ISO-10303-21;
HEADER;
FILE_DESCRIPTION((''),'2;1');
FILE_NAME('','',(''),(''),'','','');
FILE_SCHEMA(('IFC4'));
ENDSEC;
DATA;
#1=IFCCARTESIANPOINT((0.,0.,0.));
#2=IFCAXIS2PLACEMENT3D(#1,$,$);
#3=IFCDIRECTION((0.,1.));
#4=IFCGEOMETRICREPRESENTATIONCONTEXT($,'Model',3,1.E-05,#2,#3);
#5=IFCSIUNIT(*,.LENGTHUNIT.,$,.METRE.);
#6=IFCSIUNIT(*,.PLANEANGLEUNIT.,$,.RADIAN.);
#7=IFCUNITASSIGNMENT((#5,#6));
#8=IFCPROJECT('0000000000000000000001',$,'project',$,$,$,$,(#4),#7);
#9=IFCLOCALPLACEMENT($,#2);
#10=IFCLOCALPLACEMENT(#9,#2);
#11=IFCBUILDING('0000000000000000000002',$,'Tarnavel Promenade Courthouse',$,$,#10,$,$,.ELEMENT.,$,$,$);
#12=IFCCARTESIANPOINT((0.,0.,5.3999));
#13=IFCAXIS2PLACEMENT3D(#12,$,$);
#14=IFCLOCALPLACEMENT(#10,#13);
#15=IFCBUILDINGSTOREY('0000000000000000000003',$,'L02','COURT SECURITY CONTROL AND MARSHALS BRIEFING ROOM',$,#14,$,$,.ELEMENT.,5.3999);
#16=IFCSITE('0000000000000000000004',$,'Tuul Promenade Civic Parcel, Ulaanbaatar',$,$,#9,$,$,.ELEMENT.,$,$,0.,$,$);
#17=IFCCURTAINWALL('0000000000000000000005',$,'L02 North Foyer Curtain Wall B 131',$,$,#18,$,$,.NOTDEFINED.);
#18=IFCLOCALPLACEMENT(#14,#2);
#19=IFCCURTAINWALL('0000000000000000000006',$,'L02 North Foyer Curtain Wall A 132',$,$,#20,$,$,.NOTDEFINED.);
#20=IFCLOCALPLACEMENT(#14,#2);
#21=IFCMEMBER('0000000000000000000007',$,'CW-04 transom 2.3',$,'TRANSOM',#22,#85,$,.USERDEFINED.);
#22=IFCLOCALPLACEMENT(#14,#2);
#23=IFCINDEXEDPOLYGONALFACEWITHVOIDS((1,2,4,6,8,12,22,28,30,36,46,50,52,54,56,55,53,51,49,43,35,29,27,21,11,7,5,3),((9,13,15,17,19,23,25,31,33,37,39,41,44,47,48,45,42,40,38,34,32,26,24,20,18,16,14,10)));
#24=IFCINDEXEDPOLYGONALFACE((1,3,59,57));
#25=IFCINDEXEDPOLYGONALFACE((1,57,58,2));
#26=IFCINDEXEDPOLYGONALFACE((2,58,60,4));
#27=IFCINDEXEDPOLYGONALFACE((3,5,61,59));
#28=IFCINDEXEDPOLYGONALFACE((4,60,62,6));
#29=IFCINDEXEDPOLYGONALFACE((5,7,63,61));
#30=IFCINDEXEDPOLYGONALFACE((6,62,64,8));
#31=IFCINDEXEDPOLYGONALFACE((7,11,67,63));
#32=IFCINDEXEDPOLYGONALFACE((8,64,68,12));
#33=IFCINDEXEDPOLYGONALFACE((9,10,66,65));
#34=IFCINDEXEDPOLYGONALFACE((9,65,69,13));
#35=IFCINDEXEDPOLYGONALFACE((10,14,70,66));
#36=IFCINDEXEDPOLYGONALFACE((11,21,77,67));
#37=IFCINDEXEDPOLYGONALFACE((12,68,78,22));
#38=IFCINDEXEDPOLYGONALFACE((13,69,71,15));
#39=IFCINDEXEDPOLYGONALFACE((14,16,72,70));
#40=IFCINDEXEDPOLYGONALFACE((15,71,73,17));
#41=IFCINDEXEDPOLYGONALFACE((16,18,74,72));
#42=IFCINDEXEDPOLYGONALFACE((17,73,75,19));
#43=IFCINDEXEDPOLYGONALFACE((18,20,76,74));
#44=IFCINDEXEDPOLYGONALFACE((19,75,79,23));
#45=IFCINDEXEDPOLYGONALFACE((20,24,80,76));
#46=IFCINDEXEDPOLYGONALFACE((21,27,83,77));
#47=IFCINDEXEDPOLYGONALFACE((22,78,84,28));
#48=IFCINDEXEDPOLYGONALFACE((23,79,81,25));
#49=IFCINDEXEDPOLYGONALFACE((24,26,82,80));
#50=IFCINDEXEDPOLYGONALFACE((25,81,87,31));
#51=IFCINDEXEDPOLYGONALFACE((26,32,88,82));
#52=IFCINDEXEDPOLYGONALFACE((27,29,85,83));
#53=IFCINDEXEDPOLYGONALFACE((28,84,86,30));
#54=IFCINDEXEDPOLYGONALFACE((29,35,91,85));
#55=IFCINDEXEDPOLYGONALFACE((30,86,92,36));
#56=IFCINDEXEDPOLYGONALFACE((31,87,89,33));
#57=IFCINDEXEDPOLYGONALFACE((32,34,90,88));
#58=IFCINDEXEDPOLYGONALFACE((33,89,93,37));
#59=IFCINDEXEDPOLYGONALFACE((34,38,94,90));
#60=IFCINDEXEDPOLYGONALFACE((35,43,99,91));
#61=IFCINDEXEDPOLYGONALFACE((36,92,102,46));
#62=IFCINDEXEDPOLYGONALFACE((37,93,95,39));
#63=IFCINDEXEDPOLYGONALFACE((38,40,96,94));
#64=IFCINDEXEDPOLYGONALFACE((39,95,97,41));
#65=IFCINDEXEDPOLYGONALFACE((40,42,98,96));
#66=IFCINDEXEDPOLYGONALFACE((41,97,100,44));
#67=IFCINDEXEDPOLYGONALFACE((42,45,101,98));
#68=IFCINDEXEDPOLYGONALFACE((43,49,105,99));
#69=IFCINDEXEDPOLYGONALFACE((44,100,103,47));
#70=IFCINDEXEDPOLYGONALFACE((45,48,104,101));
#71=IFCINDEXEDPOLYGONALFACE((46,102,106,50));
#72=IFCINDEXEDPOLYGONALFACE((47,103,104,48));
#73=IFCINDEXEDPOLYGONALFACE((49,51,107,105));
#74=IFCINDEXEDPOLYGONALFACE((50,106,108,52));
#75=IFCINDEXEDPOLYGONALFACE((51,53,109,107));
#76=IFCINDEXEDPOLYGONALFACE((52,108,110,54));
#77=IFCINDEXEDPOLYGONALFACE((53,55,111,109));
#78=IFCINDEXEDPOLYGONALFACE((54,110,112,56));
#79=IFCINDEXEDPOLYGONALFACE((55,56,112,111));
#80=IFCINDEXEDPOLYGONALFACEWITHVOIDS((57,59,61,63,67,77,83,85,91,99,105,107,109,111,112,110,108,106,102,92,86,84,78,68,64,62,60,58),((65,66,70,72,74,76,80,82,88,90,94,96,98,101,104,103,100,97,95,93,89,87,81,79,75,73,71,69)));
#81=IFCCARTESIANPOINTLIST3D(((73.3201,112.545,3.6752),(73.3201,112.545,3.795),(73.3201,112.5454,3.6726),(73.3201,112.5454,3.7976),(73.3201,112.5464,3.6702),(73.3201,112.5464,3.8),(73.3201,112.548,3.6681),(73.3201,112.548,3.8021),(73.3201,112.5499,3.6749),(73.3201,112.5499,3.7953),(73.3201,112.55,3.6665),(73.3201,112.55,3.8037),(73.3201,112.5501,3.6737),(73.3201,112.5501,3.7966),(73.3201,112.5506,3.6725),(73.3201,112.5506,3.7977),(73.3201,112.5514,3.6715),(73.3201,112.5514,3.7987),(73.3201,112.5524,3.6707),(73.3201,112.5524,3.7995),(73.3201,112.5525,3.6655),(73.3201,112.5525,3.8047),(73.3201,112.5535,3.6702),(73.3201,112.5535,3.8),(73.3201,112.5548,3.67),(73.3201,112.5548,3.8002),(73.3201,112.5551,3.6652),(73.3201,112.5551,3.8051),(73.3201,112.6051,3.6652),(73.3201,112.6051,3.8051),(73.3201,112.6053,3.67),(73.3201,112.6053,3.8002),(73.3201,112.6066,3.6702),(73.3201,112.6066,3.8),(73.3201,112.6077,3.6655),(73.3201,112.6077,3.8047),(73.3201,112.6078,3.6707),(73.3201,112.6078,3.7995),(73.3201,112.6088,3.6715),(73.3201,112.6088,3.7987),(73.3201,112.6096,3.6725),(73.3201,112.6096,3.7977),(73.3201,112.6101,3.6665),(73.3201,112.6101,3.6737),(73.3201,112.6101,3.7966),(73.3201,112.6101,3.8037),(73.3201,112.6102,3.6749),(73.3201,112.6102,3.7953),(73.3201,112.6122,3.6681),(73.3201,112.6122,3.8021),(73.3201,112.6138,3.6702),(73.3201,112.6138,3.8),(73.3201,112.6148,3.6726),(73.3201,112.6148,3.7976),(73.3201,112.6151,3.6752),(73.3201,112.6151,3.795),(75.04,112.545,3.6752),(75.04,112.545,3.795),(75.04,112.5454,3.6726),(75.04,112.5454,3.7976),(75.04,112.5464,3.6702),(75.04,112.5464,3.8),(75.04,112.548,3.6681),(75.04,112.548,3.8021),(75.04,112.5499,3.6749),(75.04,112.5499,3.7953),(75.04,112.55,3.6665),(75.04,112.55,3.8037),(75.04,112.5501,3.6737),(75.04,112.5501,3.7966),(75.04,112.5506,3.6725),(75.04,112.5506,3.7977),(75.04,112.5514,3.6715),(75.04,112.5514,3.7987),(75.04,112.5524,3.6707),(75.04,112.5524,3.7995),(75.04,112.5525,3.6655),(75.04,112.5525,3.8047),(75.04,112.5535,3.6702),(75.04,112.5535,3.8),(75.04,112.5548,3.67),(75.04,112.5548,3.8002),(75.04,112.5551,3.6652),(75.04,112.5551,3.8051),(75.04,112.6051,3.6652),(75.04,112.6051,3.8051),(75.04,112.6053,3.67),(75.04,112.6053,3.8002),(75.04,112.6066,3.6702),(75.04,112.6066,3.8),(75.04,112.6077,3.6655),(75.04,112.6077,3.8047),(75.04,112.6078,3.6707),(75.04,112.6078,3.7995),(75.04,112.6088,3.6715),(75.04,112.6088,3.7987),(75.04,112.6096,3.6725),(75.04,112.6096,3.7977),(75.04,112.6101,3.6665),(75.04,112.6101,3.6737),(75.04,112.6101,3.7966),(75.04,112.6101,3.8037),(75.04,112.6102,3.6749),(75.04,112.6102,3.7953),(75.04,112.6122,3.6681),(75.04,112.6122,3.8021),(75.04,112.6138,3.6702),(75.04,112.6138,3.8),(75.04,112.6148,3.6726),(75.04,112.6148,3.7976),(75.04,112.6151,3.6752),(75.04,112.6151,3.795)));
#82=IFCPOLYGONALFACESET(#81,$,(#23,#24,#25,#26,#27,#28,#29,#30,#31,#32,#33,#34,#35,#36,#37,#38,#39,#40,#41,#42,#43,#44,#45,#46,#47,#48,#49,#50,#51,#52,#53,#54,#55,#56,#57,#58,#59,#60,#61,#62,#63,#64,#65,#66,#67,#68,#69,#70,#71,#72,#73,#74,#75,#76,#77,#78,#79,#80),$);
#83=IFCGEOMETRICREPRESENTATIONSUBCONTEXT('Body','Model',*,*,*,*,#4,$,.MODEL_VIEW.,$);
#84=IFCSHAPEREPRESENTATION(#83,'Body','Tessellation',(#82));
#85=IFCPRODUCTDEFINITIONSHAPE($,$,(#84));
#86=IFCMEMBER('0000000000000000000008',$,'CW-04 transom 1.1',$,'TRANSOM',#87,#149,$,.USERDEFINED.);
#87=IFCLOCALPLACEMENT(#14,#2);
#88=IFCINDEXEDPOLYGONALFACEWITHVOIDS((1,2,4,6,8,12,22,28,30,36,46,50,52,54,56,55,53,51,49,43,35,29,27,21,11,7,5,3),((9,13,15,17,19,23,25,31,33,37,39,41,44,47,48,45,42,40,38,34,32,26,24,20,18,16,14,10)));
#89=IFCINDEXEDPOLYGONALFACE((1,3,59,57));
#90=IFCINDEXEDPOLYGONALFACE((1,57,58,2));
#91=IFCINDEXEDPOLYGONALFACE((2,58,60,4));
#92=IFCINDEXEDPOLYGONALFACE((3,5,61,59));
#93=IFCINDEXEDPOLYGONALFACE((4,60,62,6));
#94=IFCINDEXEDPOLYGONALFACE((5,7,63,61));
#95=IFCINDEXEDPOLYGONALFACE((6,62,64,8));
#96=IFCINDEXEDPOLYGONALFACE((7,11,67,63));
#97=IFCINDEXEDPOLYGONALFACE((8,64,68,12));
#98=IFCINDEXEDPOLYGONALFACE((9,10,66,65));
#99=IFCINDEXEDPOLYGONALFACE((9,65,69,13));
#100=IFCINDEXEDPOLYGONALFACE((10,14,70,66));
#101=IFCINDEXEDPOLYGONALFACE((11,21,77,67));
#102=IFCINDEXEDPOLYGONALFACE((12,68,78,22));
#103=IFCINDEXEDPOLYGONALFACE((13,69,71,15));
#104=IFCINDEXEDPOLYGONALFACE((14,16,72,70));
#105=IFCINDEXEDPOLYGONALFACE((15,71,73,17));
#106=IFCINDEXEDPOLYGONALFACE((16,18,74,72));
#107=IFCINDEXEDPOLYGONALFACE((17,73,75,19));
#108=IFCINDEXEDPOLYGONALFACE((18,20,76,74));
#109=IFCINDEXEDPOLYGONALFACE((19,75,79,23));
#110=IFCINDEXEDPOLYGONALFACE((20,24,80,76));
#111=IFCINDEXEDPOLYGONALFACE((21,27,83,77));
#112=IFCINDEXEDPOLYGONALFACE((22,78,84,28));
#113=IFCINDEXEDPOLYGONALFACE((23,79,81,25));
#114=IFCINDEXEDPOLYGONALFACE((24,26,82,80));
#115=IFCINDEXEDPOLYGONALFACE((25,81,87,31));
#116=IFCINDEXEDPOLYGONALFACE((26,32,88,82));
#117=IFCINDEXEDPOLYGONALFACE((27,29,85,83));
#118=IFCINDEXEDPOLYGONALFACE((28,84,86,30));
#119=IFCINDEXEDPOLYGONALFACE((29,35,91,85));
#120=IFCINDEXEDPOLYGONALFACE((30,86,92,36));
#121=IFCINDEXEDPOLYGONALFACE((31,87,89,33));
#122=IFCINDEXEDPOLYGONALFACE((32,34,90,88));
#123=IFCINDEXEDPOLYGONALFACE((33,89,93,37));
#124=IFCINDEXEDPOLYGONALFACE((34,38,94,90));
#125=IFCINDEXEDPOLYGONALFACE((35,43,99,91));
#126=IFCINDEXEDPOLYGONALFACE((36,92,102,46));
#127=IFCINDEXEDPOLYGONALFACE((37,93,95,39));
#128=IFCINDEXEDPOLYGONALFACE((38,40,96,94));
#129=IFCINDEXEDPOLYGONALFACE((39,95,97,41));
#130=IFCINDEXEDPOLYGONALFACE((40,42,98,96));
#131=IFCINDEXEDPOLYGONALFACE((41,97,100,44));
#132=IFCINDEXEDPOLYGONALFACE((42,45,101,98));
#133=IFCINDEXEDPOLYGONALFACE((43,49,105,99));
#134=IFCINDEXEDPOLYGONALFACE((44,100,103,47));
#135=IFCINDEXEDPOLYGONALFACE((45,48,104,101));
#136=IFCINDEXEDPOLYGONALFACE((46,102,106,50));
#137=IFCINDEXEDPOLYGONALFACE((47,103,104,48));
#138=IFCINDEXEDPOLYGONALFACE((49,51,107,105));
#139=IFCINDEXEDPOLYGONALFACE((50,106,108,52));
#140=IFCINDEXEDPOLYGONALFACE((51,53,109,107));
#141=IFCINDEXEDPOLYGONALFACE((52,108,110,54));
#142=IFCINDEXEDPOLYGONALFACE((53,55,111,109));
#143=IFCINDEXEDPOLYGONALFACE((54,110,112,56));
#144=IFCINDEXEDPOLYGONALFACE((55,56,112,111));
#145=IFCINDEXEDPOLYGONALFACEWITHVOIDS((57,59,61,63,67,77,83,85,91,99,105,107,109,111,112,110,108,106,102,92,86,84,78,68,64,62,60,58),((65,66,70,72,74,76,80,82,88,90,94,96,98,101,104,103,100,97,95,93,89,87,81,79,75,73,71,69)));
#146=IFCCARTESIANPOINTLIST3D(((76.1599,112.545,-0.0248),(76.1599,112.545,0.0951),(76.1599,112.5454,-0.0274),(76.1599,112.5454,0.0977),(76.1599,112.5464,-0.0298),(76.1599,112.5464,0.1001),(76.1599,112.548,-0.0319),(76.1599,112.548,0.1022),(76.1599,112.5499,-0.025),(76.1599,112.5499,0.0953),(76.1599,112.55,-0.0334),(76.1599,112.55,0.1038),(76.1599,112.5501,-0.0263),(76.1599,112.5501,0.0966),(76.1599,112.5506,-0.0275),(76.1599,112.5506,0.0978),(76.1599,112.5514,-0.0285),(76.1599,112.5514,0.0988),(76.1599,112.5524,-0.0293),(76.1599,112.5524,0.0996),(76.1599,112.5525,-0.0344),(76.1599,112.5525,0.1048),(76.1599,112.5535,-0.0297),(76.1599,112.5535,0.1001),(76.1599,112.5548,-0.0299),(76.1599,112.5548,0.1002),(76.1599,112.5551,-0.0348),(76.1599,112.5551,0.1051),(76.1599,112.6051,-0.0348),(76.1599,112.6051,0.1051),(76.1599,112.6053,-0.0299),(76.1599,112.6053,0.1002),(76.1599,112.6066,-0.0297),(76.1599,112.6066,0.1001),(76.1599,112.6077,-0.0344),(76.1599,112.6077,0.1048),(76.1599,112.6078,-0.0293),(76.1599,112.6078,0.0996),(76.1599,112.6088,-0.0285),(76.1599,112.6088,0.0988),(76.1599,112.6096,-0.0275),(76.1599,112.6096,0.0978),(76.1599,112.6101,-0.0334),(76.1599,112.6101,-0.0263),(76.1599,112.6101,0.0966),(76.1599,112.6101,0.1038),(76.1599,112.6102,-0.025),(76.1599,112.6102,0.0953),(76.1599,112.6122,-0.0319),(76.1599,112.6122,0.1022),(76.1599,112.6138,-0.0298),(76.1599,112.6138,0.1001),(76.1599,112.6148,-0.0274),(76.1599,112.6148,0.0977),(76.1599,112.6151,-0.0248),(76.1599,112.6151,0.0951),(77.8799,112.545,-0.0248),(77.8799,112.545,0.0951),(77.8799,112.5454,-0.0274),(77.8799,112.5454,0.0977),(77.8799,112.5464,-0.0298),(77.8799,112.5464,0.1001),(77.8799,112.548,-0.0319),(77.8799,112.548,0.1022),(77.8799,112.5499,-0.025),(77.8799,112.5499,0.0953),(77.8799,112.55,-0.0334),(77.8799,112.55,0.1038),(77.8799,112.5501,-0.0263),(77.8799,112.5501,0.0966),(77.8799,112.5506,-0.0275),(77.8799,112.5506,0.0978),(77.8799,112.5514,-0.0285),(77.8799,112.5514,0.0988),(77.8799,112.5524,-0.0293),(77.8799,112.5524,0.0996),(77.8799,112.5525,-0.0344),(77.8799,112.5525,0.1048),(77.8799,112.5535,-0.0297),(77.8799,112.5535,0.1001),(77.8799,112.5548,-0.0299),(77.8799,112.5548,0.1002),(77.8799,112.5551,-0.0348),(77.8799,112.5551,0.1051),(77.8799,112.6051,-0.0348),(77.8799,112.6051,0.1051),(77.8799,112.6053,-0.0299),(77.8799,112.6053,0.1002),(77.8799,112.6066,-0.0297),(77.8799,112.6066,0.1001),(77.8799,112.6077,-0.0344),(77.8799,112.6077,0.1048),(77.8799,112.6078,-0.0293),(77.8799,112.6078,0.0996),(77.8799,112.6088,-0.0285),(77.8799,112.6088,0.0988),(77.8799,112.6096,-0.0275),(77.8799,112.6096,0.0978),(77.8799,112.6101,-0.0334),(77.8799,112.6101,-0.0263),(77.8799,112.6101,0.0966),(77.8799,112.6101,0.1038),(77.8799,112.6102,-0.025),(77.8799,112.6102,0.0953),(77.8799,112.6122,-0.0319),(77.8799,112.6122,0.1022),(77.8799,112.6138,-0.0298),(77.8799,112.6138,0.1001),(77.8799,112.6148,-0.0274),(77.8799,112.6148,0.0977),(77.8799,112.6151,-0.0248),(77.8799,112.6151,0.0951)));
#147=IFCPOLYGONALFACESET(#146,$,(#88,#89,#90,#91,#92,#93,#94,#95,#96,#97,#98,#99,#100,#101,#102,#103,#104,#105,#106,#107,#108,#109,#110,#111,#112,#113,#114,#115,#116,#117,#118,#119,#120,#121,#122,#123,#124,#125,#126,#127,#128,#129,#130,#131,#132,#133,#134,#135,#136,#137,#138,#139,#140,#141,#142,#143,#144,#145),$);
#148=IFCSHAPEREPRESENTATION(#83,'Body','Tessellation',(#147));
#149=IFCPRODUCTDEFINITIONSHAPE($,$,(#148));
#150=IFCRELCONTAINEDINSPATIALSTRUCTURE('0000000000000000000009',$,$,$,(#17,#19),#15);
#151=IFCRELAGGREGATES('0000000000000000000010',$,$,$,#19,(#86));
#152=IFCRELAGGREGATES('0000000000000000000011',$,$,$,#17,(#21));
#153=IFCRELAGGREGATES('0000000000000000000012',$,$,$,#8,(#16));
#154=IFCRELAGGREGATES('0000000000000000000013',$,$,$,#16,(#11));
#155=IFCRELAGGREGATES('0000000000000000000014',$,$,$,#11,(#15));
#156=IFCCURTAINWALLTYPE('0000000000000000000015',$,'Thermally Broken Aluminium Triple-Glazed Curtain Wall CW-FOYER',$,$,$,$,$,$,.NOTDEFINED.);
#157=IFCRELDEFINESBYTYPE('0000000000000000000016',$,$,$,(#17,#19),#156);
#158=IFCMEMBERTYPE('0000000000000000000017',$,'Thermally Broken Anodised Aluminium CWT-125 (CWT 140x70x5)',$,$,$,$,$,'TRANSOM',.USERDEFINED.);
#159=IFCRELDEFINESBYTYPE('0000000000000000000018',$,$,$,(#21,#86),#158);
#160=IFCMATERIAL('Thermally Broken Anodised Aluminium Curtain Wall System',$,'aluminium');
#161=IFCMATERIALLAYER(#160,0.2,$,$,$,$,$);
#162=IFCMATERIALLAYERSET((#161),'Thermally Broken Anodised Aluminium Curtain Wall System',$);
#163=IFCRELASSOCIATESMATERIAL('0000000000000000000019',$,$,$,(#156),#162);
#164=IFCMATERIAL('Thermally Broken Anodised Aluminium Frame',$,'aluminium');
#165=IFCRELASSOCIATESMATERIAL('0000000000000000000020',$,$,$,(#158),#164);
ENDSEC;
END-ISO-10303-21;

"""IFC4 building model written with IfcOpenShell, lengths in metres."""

from ifc_helpers import new_model, si_unit, direction, frame, origin, origin_2d, place, context, subcontext, project, spatial, hollow_rectangle, extrude, material, layer, layer_set, material_profile, profile_set, type_object, element, aggregate, save


model = new_model("IFC4")

# Units and contexts
model_context = context("Model", 3, precision=1e-05, world=origin(), true_north=direction((0.0, 1.0)))
body_context = subcontext(model_context, "Body", "Model", "MODEL_VIEW")
ifc_project = project(units=[si_unit("LENGTHUNIT", "METRE"), si_unit("PLANEANGLEUNIT", "RADIAN")], contexts=[model_context])

# Site, building, storey
site_placement = place(None, origin())
site = spatial("IfcSite", under=ifc_project, at=site_placement, Name="Tuul Promenade Civic Parcel, Ulaanbaatar", CompositionType="ELEMENT", RefElevation=0.0)
building_placement = place(site_placement, origin())
building = spatial("IfcBuilding", under=site, at=building_placement, Name="Tarnavel Promenade Courthouse", CompositionType="ELEMENT")
storey_placement = place(building_placement, frame((0.0, 0.0, 5.3999)))
storey = spatial("IfcBuildingStorey", under=building, at=storey_placement, Name="L02", Description="COURT SECURITY CONTROL AND MARSHALS BRIEFING ROOM", CompositionType="ELEMENT", Elevation=5.3999)

# Curtain wall
ifc_material_1 = material(Name="Thermally Broken Anodised Aluminium Curtain Wall System", Category="aluminium")
ifc_layer_1 = layer(ifc_material_1, 0.2)
ifc_layer_set_1 = layer_set([ifc_layer_1], Name="Thermally Broken Anodised Aluminium Curtain Wall System")
curtain_wall_type = type_object("IfcCurtainWallType", Name="Thermally Broken Aluminium Triple-Glazed Curtain Wall CW-FOYER", PredefinedType="NOTDEFINED", material=ifc_layer_set_1)
ifc_material_2 = material(Name="Thermally Broken Anodised Aluminium Frame", Category="aluminium")
curtain_wall_1_placement = place(storey_placement, origin())
curtain_wall_1 = element("IfcCurtainWall", 1, at=curtain_wall_1_placement, inside=storey, type_object=curtain_wall_type, Name="L02 North Foyer Curtain Wall B 131", PredefinedType="NOTDEFINED")

# Curtain wall
curtain_wall_2_placement = place(storey_placement, origin())
curtain_wall_2 = element("IfcCurtainWall", 2, at=curtain_wall_2_placement, inside=storey, type_object=curtain_wall_type, Name="L02 North Foyer Curtain Wall A 132", PredefinedType="NOTDEFINED")

# Members
ifc_material_profile_1 = material_profile(ifc_material_2, hollow_rectangle(XDim=0.0701, YDim=0.1399, WallThickness=0.0049, InnerFilletRadius=0.0049, OuterFilletRadius=0.01, at=origin_2d()), Name="CWT 140x70x5")
ifc_profile_set_1 = profile_set([ifc_material_profile_1], Name="Thermally Broken Anodised Aluminium Frame")
member_type_1 = type_object("IfcMemberType", Name="Thermally Broken Anodised Aluminium CWT-125 (CWT 140x70x5)", ElementType="TRANSOM", PredefinedType="USERDEFINED", material=ifc_profile_set_1)
member_1_placement = place(storey_placement, frame((73.3201, 112.5801, 3.7351), z_axis=(1.0, 0.0, 0.0), x_axis=(0.0, 1.0, 0.0)))
member_1 = element("IfcMember", 3, at=member_1_placement, type_object=member_type_1, Name="CW-04 transom 2.3", ObjectType="TRANSOM", PredefinedType="USERDEFINED", context=body_context, shape_type="SweptSolid", body=[
    extrude(hollow_rectangle(XDim=0.0701, YDim=0.1399, WallThickness=0.0049, InnerFilletRadius=0.0049, OuterFilletRadius=0.01, at=origin_2d()), origin(), (0.0, 0.0, 1.0), 1.72),
])
member_2_placement = place(storey_placement, frame((76.1599, 112.5801, 0.0352), z_axis=(1.0, 0.0, 0.0), x_axis=(0.0, 1.0, 0.0)))
member_2 = element("IfcMember", 4, at=member_2_placement, type_object=member_type_1, Name="CW-04 transom 1.1", ObjectType="TRANSOM", PredefinedType="USERDEFINED", context=body_context, shape_type="SweptSolid", body=[
    extrude(hollow_rectangle(XDim=0.0701, YDim=0.1399, WallThickness=0.0049, InnerFilletRadius=0.0049, OuterFilletRadius=0.01, at=origin_2d()), origin(), (0.0, 0.0, 1.0), 1.72),
])
aggregate(curtain_wall_2, [member_2])

aggregate(curtain_wall_1, [member_1])

save(model, "model.ifc")
